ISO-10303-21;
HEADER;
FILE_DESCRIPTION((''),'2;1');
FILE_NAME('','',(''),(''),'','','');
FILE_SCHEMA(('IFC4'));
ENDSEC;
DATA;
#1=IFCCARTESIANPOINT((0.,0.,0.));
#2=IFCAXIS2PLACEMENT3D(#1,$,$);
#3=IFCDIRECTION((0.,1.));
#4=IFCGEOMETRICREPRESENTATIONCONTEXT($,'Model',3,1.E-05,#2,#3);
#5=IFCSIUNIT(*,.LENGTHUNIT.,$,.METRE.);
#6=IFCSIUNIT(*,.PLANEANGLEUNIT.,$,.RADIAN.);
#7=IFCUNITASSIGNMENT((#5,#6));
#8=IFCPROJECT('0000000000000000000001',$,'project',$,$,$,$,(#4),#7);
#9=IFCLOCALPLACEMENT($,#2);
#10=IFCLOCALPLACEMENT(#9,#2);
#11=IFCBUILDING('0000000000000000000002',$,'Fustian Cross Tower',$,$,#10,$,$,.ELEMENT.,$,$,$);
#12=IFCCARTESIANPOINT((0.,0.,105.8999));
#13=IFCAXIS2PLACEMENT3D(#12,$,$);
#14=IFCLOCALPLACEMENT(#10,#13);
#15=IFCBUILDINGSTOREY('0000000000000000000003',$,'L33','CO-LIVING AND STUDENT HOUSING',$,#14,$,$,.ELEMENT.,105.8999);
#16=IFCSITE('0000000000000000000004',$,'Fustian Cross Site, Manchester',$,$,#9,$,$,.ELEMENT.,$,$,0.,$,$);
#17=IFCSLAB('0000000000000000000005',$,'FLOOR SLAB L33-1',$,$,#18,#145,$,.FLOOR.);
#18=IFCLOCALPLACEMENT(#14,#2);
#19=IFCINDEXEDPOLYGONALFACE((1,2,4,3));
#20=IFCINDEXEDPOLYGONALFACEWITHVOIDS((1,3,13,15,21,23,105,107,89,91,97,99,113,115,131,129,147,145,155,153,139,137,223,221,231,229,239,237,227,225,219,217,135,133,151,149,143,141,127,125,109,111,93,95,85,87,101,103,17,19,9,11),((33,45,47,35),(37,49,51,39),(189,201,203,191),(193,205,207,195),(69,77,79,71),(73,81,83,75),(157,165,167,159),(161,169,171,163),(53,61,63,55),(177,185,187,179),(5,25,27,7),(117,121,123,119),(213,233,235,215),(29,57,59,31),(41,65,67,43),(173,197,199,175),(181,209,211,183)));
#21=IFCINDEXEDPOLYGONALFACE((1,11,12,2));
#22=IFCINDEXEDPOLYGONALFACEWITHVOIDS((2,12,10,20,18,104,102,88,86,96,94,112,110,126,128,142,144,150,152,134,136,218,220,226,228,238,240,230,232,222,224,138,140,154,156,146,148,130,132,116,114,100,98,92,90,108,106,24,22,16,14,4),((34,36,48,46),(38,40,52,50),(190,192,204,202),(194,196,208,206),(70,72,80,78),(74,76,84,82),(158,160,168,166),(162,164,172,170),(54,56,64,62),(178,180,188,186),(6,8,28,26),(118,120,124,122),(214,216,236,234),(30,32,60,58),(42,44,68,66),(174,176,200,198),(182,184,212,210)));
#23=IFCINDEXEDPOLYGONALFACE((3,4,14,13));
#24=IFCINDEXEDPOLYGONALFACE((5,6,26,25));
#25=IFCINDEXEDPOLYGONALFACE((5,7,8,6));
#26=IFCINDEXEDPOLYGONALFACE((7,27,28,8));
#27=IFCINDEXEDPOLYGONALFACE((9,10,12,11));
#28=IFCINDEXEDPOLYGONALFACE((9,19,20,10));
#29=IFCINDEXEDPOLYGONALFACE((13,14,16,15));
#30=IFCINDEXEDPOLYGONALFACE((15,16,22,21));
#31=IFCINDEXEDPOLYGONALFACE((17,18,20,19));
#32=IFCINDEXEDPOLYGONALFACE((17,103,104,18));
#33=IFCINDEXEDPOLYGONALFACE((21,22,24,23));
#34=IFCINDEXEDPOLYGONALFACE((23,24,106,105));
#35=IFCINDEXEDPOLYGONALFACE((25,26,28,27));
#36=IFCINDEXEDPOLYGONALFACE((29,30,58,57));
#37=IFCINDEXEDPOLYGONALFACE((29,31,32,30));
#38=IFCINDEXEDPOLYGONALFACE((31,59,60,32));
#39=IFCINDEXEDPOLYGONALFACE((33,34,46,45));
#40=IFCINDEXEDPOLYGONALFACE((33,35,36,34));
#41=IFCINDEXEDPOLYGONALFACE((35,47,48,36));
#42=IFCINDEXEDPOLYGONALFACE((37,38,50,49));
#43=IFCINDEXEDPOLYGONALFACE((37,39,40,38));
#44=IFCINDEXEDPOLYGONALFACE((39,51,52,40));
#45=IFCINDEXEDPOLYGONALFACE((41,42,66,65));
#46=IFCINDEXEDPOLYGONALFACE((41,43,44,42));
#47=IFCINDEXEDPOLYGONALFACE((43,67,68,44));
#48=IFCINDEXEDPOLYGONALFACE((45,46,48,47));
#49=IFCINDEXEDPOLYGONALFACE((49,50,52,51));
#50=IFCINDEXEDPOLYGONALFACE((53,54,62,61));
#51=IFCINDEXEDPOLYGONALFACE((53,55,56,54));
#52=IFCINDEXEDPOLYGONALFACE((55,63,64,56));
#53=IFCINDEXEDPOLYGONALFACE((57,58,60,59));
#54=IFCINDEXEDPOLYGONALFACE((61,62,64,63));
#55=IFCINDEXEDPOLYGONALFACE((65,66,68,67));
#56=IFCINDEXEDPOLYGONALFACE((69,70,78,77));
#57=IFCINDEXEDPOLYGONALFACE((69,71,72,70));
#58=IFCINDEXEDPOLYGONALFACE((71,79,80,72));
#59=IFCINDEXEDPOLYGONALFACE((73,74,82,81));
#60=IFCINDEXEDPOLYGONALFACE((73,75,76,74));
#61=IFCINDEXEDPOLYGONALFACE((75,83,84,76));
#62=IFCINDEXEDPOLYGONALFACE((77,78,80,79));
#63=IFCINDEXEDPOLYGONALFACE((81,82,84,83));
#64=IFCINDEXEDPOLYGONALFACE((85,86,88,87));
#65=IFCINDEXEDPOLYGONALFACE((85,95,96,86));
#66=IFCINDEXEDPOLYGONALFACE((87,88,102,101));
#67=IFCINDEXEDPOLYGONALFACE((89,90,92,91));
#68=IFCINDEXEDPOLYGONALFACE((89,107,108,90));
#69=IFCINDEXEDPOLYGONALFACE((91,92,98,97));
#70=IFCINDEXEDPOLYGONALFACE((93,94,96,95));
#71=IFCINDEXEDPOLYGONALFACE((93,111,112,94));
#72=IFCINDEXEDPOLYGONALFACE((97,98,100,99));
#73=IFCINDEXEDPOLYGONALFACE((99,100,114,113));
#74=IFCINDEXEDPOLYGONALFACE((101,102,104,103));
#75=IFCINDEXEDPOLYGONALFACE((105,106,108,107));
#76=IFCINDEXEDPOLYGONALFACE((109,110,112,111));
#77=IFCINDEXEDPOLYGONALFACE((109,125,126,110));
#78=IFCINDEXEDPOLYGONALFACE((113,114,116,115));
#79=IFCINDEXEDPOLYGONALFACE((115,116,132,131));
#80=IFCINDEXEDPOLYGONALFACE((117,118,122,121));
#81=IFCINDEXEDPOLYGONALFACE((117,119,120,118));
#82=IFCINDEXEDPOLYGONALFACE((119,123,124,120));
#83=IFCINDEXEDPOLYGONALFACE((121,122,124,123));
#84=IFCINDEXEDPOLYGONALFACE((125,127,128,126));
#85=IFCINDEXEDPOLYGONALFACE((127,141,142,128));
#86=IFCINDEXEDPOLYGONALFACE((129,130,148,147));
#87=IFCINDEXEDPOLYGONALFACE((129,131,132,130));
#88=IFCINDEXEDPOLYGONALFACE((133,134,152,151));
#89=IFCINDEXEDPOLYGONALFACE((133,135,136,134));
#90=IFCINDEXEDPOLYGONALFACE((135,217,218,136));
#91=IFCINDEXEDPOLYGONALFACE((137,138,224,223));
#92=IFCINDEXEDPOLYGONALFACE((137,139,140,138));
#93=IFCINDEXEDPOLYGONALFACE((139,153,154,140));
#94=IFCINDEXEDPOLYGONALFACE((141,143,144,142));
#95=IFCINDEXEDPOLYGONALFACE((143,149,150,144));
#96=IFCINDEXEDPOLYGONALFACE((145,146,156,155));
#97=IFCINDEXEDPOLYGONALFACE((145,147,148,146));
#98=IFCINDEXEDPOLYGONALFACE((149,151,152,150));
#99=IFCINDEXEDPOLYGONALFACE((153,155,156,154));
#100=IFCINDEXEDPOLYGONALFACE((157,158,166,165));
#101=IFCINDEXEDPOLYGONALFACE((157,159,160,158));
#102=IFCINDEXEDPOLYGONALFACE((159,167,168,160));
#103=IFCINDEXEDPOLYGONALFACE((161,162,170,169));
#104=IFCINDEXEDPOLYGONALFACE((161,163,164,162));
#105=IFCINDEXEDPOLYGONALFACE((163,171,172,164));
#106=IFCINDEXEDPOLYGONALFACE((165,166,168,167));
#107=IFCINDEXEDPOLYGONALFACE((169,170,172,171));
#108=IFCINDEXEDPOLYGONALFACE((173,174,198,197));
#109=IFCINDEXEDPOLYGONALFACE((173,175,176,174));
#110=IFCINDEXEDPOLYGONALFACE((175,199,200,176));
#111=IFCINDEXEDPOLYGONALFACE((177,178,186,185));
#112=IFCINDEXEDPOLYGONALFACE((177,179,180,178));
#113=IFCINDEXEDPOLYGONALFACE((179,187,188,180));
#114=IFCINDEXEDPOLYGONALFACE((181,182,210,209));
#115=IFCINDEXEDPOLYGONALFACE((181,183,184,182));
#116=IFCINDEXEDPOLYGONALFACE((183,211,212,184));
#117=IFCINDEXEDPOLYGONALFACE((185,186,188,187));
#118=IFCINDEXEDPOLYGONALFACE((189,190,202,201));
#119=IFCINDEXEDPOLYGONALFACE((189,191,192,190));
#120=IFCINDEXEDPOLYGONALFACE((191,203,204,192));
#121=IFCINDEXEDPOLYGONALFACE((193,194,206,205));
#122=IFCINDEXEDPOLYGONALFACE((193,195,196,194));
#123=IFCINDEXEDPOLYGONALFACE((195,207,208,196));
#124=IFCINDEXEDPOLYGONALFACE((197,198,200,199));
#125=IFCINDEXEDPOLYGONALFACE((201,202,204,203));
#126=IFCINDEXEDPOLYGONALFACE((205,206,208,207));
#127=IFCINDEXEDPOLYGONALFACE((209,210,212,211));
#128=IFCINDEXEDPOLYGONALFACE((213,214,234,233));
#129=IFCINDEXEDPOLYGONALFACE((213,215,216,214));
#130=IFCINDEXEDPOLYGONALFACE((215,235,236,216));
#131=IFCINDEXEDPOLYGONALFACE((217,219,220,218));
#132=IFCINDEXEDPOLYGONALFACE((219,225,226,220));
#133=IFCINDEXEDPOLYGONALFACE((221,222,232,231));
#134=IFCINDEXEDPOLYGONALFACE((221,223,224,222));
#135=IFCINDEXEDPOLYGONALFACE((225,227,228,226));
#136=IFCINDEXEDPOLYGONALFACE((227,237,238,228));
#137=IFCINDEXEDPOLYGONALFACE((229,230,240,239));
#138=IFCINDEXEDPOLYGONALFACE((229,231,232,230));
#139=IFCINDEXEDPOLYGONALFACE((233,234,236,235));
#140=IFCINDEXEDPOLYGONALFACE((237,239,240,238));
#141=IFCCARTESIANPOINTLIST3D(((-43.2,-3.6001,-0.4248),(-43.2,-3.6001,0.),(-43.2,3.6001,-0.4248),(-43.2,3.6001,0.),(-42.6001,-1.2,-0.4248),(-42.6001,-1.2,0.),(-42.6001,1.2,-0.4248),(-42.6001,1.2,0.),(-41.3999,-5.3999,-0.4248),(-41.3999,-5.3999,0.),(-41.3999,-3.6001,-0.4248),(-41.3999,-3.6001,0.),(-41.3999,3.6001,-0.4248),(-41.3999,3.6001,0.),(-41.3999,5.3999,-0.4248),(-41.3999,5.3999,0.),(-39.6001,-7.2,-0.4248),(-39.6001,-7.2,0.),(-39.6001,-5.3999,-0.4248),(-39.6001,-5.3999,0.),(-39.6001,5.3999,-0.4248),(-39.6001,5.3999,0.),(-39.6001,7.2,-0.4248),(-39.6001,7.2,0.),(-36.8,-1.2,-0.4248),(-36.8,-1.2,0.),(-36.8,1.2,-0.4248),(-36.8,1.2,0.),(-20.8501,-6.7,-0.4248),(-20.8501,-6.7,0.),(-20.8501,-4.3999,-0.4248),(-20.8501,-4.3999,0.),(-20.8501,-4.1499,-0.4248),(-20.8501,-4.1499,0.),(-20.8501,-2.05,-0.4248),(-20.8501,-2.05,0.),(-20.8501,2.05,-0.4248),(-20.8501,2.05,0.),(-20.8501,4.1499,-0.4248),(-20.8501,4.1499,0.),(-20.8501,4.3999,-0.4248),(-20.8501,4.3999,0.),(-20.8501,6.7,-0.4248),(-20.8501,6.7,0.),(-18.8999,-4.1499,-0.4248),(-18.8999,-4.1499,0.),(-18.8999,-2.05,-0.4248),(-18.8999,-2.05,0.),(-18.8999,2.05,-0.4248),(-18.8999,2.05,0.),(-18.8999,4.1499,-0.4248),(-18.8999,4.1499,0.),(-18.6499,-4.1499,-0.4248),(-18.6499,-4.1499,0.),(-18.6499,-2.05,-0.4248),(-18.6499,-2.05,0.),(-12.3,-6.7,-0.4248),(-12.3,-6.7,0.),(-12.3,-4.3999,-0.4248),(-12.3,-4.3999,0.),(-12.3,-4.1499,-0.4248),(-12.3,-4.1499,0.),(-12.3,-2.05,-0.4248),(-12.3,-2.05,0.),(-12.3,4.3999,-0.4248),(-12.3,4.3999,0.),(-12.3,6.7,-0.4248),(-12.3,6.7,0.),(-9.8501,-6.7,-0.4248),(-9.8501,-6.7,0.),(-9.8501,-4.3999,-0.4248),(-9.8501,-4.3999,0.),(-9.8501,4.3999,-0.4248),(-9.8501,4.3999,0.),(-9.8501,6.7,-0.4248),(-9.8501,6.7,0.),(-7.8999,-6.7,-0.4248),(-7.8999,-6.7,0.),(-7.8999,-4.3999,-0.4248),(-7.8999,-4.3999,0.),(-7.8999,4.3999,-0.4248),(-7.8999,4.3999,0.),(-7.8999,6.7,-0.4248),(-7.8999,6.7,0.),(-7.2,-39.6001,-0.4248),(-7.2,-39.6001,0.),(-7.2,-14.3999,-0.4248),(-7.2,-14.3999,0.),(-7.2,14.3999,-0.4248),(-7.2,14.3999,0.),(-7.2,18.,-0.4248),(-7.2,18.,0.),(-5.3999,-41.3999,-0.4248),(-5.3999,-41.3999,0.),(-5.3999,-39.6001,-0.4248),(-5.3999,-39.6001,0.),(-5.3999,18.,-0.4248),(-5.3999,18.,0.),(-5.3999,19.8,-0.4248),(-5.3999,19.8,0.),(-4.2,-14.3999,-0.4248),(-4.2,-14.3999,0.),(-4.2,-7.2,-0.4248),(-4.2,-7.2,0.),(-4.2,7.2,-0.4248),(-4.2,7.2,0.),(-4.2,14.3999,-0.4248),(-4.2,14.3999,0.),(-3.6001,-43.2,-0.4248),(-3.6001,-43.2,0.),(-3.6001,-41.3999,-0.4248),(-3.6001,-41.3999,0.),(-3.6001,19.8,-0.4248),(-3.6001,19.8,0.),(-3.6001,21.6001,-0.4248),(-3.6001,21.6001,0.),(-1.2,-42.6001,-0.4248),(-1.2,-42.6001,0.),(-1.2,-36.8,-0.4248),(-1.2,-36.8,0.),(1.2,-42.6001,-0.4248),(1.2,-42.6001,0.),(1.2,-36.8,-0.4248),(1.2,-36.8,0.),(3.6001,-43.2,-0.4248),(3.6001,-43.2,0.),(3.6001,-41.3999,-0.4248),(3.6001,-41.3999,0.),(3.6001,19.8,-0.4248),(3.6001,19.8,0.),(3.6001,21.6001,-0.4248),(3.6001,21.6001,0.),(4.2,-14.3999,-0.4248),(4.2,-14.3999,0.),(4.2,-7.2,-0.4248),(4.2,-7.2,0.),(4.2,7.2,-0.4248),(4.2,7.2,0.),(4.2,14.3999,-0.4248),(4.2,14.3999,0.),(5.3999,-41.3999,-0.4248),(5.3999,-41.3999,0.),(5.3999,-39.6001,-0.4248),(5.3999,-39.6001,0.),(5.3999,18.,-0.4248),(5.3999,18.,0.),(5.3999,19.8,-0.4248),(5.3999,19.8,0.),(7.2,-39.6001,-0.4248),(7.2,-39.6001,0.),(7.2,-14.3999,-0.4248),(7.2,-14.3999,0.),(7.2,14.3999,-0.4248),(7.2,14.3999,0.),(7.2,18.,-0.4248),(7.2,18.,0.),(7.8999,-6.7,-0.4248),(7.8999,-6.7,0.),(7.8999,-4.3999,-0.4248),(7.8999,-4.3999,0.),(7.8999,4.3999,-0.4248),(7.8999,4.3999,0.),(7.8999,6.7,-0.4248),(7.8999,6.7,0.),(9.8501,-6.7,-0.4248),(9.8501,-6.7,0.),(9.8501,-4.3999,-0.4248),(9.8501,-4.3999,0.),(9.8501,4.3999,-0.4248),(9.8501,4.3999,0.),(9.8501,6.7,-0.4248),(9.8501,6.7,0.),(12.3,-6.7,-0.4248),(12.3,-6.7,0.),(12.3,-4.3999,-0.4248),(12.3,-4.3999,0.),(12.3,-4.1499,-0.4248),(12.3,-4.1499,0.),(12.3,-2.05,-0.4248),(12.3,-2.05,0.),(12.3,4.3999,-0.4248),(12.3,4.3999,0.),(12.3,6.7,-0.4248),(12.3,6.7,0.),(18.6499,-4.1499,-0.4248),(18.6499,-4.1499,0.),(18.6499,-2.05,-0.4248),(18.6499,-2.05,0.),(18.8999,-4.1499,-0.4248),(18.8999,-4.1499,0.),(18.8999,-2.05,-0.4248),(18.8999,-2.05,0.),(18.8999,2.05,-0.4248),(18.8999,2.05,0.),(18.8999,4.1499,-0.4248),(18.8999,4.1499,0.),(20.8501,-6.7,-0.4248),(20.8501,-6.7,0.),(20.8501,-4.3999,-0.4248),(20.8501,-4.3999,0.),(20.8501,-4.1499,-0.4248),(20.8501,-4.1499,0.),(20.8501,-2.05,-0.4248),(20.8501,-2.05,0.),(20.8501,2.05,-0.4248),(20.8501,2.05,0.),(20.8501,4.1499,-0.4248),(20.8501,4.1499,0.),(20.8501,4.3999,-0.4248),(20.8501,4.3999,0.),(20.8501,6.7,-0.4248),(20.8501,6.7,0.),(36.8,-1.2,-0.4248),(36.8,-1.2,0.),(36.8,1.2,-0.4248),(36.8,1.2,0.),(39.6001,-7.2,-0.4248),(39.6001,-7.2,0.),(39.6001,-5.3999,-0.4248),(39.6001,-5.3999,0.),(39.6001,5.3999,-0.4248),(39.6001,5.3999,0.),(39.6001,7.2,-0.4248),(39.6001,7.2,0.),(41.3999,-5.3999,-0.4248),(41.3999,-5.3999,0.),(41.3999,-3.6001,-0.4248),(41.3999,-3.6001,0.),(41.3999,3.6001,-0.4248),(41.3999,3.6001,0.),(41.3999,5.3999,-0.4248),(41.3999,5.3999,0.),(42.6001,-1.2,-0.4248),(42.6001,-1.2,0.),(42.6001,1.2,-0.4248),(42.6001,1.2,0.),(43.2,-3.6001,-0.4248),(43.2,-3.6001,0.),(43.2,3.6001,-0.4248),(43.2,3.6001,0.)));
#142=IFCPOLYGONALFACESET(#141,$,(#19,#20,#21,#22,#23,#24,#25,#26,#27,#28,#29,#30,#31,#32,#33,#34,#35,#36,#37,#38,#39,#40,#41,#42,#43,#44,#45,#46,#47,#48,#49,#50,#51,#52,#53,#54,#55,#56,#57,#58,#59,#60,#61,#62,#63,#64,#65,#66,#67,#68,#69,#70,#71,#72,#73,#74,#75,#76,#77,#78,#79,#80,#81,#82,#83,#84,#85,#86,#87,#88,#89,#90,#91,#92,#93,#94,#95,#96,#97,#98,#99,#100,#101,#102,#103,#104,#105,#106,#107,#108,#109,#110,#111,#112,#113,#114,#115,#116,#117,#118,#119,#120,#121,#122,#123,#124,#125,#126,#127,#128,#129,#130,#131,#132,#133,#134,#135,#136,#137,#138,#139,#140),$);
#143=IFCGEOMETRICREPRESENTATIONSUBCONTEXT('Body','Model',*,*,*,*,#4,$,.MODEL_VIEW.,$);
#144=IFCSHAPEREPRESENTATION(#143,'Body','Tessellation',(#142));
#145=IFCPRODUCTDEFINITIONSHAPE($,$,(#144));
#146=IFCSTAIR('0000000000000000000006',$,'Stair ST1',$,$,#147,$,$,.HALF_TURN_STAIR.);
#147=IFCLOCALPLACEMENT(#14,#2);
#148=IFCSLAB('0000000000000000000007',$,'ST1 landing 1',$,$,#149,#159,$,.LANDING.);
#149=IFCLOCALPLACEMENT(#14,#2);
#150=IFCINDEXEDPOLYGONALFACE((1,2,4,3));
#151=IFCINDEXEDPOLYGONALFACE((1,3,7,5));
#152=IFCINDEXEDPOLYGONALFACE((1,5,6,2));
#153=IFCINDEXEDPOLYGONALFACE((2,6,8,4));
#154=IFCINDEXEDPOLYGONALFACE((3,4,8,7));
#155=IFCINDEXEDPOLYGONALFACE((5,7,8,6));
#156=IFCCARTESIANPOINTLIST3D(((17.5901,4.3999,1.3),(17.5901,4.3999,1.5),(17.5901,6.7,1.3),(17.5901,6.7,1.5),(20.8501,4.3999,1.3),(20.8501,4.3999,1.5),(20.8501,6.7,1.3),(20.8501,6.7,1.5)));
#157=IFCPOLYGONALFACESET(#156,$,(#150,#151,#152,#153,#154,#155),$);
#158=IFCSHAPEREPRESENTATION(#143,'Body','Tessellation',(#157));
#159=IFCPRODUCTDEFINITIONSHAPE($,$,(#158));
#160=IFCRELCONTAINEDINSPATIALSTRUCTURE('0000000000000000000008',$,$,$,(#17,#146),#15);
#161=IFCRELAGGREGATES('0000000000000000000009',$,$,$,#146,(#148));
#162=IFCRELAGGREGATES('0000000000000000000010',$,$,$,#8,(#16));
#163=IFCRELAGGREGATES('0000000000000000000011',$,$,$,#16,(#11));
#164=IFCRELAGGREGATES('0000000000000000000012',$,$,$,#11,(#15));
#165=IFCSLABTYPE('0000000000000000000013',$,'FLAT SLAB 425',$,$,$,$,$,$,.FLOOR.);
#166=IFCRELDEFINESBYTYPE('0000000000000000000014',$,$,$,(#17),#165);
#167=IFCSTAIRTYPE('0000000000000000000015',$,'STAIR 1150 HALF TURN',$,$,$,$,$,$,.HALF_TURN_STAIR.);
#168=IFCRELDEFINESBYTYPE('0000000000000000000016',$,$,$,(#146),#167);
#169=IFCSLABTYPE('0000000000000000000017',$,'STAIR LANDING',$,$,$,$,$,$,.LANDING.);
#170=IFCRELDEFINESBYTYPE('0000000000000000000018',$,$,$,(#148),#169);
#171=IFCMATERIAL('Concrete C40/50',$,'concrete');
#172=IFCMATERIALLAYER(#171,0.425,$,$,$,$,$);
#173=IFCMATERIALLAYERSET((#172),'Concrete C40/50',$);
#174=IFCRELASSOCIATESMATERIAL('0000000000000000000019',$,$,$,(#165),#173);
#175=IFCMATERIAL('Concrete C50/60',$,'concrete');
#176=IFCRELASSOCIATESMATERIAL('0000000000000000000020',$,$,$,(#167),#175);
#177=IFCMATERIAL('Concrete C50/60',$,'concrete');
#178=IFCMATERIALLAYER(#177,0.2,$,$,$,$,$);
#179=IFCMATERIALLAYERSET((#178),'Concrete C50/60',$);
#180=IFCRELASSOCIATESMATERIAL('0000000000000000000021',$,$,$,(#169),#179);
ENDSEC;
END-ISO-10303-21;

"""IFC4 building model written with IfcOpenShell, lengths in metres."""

from ifc_helpers import new_model, si_unit, direction, frame, origin, place, context, subcontext, project, spatial, polyline, outline, extrude, material, layer, layer_set, type_object, element, aggregate, save


model = new_model("IFC4")

# Units and contexts
model_context = context("Model", 3, precision=1e-05, world=origin(), true_north=direction((0.0, 1.0)))
body_context = subcontext(model_context, "Body", "Model", "MODEL_VIEW")
ifc_project = project(units=[si_unit("LENGTHUNIT", "METRE"), si_unit("PLANEANGLEUNIT", "RADIAN")], contexts=[model_context])

# Site, building, storey
site_placement = place(None, origin())
site = spatial("IfcSite", under=ifc_project, at=site_placement, Name="Fustian Cross Site, Manchester", CompositionType="ELEMENT", RefElevation=0.0)
building_placement = place(site_placement, origin())
building = spatial("IfcBuilding", under=site, at=building_placement, Name="Fustian Cross Tower", CompositionType="ELEMENT")
storey_placement = place(building_placement, frame((0.0, 0.0, 105.8999)))
storey = spatial("IfcBuildingStorey", under=building, at=storey_placement, Name="L33", Description="CO-LIVING AND STUDENT HOUSING", CompositionType="ELEMENT", Elevation=105.8999)

# Slab
ifc_material_1 = material(Name="Concrete C40/50", Category="concrete")
ifc_layer_1 = layer(ifc_material_1, 0.425)
ifc_layer_set_1 = layer_set([ifc_layer_1], Name="Concrete C40/50")
slab_type_1 = type_object("IfcSlabType", Name="FLAT SLAB 425", PredefinedType="FLOOR", material=ifc_layer_set_1)
slab_1_placement = place(storey_placement, frame((0.0, 0.0, -0.4248)))
element("IfcSlab", 1, at=slab_1_placement, inside=storey, type_object=slab_type_1, Name="FLOOR SLAB L33-1", PredefinedType="FLOOR", context=body_context, shape_type="SweptSolid", body=[
    extrude(outline(polyline([(-4.2, -7.2), (-39.6001, -7.2), (-39.6001, -5.3999), (-41.3999, -5.3999), (-41.3999, -3.6001), (-43.2, -3.6001), (-43.2, 3.6001), (-41.3999, 3.6001), (-41.3999, 5.3999), (-39.6001, 5.3999), (-39.6001, 7.2), (-4.2, 7.2), (-4.2, 14.3999), (-7.2, 14.3999), (-7.2, 18.0), (-5.3999, 18.0), (-5.3999, 19.8), (-3.6001, 19.8), (-3.6001, 21.6001), (3.6001, 21.6001), (3.6001, 19.8), (5.3999, 19.8), (5.3999, 18.0), (7.2, 18.0), (7.2, 14.3999), (4.2, 14.3999), (4.2, 7.2), (39.6001, 7.2), (39.6001, 5.3999), (41.3999, 5.3999), (41.3999, 3.6001), (43.2, 3.6001), (43.2, -3.6001), (41.3999, -3.6001), (41.3999, -5.3999), (39.6001, -5.3999), (39.6001, -7.2), (4.2, -7.2), (4.2, -14.3999), (7.2, -14.3999), (7.2, -39.6001), (5.3999, -39.6001), (5.3999, -41.3999), (3.6001, -41.3999), (3.6001, -43.2), (-3.6001, -43.2), (-3.6001, -41.3999), (-5.3999, -41.3999), (-5.3999, -39.6001), (-7.2, -39.6001), (-7.2, -14.3999), (-4.2, -14.3999), (-4.2, -7.2)]), holes=[polyline([(20.8501, -2.05), (18.8999, -2.05), (18.8999, -4.1499), (20.8501, -4.1499), (20.8501, -2.05)]), polyline([(20.8501, 2.05), (20.8501, 4.1499), (18.8999, 4.1499), (18.8999, 2.05), (20.8501, 2.05)]), polyline([(7.8999, 4.3999), (9.8501, 4.3999), (9.8501, 6.7), (7.8999, 6.7), (7.8999, 4.3999)]), polyline([(7.8999, -4.3999), (7.8999, -6.7), (9.8501, -6.7), (9.8501, -4.3999), (7.8999, -4.3999)]), polyline([(-18.8999, -2.05), (-20.8501, -2.05), (-20.8501, -4.1499), (-18.8999, -4.1499), (-18.8999, -2.05)]), polyline([(-18.8999, 2.05), (-18.8999, 4.1499), (-20.8501, 4.1499), (-20.8501, 2.05), (-18.8999, 2.05)]), polyline([(-9.8501, 4.3999), (-7.8999, 4.3999), (-7.8999, 6.7), (-9.8501, 6.7), (-9.8501, 4.3999)]), polyline([(-9.8501, -4.3999), (-9.8501, -6.7), (-7.8999, -6.7), (-7.8999, -4.3999), (-9.8501, -4.3999)]), polyline([(18.6499, -2.05), (12.3, -2.05), (12.3, -4.1499), (18.6499, -4.1499), (18.6499, -2.05)]), polyline([(-12.3, -4.1499), (-12.3, -2.05), (-18.6499, -2.05), (-18.6499, -4.1499), (-12.3, -4.1499)]), polyline([(12.3, 4.3999), (20.8501, 4.3999), (20.8501, 6.7), (12.3, 6.7), (12.3, 4.3999)]), polyline([(12.3, -4.3999), (12.3, -6.7), (20.8501, -6.7), (20.8501, -4.3999), (12.3, -4.3999)]), polyline([(-12.3, 6.7), (-20.8501, 6.7), (-20.8501, 4.3999), (-12.3, 4.3999), (-12.3, 6.7)]), polyline([(-12.3, -6.7), (-12.3, -4.3999), (-20.8501, -4.3999), (-20.8501, -6.7), (-12.3, -6.7)]), polyline([(-1.2, -42.6001), (1.2, -42.6001), (1.2, -36.8), (-1.2, -36.8), (-1.2, -42.6001)]), polyline([(36.8, 1.2), (36.8, -1.2), (42.6001, -1.2), (42.6001, 1.2), (36.8, 1.2)]), polyline([(-36.8, 1.2), (-42.6001, 1.2), (-42.6001, -1.2), (-36.8, -1.2), (-36.8, 1.2)])]), origin(), (0.0, 0.0, 1.0), 0.4248),
])

# Stair, slab
ifc_material_2 = material(Name="Concrete C50/60", Category="concrete")
stair_type = type_object("IfcStairType", Name="STAIR 1150 HALF TURN", PredefinedType="HALF_TURN_STAIR", material=ifc_material_2)
stair_placement = place(storey_placement, origin())
stair = element("IfcStair", 2, at=stair_placement, inside=storey, type_object=stair_type, Name="Stair ST1", PredefinedType="HALF_TURN_STAIR")
ifc_material_3 = material(Name="Concrete C50/60", Category="concrete")
ifc_layer_2 = layer(ifc_material_3, 0.2)
ifc_layer_set_2 = layer_set([ifc_layer_2], Name="Concrete C50/60")
slab_type_2 = type_object("IfcSlabType", Name="STAIR LANDING", PredefinedType="LANDING", material=ifc_layer_set_2)
slab_2_placement = place(storey_placement, frame((0.0, 0.0, 1.3)))
slab_2 = element("IfcSlab", 3, at=slab_2_placement, type_object=slab_type_2, Name="ST1 landing 1", PredefinedType="LANDING", context=body_context, shape_type="SweptSolid", body=[
    extrude(outline(polyline([(17.5901, 4.3999), (20.8501, 4.3999), (20.8501, 6.7), (17.5901, 6.7), (17.5901, 4.3999)])), origin(), (0.0, 0.0, 1.0), 0.2),
])
aggregate(stair, [slab_2])

save(model, "model.ifc")
